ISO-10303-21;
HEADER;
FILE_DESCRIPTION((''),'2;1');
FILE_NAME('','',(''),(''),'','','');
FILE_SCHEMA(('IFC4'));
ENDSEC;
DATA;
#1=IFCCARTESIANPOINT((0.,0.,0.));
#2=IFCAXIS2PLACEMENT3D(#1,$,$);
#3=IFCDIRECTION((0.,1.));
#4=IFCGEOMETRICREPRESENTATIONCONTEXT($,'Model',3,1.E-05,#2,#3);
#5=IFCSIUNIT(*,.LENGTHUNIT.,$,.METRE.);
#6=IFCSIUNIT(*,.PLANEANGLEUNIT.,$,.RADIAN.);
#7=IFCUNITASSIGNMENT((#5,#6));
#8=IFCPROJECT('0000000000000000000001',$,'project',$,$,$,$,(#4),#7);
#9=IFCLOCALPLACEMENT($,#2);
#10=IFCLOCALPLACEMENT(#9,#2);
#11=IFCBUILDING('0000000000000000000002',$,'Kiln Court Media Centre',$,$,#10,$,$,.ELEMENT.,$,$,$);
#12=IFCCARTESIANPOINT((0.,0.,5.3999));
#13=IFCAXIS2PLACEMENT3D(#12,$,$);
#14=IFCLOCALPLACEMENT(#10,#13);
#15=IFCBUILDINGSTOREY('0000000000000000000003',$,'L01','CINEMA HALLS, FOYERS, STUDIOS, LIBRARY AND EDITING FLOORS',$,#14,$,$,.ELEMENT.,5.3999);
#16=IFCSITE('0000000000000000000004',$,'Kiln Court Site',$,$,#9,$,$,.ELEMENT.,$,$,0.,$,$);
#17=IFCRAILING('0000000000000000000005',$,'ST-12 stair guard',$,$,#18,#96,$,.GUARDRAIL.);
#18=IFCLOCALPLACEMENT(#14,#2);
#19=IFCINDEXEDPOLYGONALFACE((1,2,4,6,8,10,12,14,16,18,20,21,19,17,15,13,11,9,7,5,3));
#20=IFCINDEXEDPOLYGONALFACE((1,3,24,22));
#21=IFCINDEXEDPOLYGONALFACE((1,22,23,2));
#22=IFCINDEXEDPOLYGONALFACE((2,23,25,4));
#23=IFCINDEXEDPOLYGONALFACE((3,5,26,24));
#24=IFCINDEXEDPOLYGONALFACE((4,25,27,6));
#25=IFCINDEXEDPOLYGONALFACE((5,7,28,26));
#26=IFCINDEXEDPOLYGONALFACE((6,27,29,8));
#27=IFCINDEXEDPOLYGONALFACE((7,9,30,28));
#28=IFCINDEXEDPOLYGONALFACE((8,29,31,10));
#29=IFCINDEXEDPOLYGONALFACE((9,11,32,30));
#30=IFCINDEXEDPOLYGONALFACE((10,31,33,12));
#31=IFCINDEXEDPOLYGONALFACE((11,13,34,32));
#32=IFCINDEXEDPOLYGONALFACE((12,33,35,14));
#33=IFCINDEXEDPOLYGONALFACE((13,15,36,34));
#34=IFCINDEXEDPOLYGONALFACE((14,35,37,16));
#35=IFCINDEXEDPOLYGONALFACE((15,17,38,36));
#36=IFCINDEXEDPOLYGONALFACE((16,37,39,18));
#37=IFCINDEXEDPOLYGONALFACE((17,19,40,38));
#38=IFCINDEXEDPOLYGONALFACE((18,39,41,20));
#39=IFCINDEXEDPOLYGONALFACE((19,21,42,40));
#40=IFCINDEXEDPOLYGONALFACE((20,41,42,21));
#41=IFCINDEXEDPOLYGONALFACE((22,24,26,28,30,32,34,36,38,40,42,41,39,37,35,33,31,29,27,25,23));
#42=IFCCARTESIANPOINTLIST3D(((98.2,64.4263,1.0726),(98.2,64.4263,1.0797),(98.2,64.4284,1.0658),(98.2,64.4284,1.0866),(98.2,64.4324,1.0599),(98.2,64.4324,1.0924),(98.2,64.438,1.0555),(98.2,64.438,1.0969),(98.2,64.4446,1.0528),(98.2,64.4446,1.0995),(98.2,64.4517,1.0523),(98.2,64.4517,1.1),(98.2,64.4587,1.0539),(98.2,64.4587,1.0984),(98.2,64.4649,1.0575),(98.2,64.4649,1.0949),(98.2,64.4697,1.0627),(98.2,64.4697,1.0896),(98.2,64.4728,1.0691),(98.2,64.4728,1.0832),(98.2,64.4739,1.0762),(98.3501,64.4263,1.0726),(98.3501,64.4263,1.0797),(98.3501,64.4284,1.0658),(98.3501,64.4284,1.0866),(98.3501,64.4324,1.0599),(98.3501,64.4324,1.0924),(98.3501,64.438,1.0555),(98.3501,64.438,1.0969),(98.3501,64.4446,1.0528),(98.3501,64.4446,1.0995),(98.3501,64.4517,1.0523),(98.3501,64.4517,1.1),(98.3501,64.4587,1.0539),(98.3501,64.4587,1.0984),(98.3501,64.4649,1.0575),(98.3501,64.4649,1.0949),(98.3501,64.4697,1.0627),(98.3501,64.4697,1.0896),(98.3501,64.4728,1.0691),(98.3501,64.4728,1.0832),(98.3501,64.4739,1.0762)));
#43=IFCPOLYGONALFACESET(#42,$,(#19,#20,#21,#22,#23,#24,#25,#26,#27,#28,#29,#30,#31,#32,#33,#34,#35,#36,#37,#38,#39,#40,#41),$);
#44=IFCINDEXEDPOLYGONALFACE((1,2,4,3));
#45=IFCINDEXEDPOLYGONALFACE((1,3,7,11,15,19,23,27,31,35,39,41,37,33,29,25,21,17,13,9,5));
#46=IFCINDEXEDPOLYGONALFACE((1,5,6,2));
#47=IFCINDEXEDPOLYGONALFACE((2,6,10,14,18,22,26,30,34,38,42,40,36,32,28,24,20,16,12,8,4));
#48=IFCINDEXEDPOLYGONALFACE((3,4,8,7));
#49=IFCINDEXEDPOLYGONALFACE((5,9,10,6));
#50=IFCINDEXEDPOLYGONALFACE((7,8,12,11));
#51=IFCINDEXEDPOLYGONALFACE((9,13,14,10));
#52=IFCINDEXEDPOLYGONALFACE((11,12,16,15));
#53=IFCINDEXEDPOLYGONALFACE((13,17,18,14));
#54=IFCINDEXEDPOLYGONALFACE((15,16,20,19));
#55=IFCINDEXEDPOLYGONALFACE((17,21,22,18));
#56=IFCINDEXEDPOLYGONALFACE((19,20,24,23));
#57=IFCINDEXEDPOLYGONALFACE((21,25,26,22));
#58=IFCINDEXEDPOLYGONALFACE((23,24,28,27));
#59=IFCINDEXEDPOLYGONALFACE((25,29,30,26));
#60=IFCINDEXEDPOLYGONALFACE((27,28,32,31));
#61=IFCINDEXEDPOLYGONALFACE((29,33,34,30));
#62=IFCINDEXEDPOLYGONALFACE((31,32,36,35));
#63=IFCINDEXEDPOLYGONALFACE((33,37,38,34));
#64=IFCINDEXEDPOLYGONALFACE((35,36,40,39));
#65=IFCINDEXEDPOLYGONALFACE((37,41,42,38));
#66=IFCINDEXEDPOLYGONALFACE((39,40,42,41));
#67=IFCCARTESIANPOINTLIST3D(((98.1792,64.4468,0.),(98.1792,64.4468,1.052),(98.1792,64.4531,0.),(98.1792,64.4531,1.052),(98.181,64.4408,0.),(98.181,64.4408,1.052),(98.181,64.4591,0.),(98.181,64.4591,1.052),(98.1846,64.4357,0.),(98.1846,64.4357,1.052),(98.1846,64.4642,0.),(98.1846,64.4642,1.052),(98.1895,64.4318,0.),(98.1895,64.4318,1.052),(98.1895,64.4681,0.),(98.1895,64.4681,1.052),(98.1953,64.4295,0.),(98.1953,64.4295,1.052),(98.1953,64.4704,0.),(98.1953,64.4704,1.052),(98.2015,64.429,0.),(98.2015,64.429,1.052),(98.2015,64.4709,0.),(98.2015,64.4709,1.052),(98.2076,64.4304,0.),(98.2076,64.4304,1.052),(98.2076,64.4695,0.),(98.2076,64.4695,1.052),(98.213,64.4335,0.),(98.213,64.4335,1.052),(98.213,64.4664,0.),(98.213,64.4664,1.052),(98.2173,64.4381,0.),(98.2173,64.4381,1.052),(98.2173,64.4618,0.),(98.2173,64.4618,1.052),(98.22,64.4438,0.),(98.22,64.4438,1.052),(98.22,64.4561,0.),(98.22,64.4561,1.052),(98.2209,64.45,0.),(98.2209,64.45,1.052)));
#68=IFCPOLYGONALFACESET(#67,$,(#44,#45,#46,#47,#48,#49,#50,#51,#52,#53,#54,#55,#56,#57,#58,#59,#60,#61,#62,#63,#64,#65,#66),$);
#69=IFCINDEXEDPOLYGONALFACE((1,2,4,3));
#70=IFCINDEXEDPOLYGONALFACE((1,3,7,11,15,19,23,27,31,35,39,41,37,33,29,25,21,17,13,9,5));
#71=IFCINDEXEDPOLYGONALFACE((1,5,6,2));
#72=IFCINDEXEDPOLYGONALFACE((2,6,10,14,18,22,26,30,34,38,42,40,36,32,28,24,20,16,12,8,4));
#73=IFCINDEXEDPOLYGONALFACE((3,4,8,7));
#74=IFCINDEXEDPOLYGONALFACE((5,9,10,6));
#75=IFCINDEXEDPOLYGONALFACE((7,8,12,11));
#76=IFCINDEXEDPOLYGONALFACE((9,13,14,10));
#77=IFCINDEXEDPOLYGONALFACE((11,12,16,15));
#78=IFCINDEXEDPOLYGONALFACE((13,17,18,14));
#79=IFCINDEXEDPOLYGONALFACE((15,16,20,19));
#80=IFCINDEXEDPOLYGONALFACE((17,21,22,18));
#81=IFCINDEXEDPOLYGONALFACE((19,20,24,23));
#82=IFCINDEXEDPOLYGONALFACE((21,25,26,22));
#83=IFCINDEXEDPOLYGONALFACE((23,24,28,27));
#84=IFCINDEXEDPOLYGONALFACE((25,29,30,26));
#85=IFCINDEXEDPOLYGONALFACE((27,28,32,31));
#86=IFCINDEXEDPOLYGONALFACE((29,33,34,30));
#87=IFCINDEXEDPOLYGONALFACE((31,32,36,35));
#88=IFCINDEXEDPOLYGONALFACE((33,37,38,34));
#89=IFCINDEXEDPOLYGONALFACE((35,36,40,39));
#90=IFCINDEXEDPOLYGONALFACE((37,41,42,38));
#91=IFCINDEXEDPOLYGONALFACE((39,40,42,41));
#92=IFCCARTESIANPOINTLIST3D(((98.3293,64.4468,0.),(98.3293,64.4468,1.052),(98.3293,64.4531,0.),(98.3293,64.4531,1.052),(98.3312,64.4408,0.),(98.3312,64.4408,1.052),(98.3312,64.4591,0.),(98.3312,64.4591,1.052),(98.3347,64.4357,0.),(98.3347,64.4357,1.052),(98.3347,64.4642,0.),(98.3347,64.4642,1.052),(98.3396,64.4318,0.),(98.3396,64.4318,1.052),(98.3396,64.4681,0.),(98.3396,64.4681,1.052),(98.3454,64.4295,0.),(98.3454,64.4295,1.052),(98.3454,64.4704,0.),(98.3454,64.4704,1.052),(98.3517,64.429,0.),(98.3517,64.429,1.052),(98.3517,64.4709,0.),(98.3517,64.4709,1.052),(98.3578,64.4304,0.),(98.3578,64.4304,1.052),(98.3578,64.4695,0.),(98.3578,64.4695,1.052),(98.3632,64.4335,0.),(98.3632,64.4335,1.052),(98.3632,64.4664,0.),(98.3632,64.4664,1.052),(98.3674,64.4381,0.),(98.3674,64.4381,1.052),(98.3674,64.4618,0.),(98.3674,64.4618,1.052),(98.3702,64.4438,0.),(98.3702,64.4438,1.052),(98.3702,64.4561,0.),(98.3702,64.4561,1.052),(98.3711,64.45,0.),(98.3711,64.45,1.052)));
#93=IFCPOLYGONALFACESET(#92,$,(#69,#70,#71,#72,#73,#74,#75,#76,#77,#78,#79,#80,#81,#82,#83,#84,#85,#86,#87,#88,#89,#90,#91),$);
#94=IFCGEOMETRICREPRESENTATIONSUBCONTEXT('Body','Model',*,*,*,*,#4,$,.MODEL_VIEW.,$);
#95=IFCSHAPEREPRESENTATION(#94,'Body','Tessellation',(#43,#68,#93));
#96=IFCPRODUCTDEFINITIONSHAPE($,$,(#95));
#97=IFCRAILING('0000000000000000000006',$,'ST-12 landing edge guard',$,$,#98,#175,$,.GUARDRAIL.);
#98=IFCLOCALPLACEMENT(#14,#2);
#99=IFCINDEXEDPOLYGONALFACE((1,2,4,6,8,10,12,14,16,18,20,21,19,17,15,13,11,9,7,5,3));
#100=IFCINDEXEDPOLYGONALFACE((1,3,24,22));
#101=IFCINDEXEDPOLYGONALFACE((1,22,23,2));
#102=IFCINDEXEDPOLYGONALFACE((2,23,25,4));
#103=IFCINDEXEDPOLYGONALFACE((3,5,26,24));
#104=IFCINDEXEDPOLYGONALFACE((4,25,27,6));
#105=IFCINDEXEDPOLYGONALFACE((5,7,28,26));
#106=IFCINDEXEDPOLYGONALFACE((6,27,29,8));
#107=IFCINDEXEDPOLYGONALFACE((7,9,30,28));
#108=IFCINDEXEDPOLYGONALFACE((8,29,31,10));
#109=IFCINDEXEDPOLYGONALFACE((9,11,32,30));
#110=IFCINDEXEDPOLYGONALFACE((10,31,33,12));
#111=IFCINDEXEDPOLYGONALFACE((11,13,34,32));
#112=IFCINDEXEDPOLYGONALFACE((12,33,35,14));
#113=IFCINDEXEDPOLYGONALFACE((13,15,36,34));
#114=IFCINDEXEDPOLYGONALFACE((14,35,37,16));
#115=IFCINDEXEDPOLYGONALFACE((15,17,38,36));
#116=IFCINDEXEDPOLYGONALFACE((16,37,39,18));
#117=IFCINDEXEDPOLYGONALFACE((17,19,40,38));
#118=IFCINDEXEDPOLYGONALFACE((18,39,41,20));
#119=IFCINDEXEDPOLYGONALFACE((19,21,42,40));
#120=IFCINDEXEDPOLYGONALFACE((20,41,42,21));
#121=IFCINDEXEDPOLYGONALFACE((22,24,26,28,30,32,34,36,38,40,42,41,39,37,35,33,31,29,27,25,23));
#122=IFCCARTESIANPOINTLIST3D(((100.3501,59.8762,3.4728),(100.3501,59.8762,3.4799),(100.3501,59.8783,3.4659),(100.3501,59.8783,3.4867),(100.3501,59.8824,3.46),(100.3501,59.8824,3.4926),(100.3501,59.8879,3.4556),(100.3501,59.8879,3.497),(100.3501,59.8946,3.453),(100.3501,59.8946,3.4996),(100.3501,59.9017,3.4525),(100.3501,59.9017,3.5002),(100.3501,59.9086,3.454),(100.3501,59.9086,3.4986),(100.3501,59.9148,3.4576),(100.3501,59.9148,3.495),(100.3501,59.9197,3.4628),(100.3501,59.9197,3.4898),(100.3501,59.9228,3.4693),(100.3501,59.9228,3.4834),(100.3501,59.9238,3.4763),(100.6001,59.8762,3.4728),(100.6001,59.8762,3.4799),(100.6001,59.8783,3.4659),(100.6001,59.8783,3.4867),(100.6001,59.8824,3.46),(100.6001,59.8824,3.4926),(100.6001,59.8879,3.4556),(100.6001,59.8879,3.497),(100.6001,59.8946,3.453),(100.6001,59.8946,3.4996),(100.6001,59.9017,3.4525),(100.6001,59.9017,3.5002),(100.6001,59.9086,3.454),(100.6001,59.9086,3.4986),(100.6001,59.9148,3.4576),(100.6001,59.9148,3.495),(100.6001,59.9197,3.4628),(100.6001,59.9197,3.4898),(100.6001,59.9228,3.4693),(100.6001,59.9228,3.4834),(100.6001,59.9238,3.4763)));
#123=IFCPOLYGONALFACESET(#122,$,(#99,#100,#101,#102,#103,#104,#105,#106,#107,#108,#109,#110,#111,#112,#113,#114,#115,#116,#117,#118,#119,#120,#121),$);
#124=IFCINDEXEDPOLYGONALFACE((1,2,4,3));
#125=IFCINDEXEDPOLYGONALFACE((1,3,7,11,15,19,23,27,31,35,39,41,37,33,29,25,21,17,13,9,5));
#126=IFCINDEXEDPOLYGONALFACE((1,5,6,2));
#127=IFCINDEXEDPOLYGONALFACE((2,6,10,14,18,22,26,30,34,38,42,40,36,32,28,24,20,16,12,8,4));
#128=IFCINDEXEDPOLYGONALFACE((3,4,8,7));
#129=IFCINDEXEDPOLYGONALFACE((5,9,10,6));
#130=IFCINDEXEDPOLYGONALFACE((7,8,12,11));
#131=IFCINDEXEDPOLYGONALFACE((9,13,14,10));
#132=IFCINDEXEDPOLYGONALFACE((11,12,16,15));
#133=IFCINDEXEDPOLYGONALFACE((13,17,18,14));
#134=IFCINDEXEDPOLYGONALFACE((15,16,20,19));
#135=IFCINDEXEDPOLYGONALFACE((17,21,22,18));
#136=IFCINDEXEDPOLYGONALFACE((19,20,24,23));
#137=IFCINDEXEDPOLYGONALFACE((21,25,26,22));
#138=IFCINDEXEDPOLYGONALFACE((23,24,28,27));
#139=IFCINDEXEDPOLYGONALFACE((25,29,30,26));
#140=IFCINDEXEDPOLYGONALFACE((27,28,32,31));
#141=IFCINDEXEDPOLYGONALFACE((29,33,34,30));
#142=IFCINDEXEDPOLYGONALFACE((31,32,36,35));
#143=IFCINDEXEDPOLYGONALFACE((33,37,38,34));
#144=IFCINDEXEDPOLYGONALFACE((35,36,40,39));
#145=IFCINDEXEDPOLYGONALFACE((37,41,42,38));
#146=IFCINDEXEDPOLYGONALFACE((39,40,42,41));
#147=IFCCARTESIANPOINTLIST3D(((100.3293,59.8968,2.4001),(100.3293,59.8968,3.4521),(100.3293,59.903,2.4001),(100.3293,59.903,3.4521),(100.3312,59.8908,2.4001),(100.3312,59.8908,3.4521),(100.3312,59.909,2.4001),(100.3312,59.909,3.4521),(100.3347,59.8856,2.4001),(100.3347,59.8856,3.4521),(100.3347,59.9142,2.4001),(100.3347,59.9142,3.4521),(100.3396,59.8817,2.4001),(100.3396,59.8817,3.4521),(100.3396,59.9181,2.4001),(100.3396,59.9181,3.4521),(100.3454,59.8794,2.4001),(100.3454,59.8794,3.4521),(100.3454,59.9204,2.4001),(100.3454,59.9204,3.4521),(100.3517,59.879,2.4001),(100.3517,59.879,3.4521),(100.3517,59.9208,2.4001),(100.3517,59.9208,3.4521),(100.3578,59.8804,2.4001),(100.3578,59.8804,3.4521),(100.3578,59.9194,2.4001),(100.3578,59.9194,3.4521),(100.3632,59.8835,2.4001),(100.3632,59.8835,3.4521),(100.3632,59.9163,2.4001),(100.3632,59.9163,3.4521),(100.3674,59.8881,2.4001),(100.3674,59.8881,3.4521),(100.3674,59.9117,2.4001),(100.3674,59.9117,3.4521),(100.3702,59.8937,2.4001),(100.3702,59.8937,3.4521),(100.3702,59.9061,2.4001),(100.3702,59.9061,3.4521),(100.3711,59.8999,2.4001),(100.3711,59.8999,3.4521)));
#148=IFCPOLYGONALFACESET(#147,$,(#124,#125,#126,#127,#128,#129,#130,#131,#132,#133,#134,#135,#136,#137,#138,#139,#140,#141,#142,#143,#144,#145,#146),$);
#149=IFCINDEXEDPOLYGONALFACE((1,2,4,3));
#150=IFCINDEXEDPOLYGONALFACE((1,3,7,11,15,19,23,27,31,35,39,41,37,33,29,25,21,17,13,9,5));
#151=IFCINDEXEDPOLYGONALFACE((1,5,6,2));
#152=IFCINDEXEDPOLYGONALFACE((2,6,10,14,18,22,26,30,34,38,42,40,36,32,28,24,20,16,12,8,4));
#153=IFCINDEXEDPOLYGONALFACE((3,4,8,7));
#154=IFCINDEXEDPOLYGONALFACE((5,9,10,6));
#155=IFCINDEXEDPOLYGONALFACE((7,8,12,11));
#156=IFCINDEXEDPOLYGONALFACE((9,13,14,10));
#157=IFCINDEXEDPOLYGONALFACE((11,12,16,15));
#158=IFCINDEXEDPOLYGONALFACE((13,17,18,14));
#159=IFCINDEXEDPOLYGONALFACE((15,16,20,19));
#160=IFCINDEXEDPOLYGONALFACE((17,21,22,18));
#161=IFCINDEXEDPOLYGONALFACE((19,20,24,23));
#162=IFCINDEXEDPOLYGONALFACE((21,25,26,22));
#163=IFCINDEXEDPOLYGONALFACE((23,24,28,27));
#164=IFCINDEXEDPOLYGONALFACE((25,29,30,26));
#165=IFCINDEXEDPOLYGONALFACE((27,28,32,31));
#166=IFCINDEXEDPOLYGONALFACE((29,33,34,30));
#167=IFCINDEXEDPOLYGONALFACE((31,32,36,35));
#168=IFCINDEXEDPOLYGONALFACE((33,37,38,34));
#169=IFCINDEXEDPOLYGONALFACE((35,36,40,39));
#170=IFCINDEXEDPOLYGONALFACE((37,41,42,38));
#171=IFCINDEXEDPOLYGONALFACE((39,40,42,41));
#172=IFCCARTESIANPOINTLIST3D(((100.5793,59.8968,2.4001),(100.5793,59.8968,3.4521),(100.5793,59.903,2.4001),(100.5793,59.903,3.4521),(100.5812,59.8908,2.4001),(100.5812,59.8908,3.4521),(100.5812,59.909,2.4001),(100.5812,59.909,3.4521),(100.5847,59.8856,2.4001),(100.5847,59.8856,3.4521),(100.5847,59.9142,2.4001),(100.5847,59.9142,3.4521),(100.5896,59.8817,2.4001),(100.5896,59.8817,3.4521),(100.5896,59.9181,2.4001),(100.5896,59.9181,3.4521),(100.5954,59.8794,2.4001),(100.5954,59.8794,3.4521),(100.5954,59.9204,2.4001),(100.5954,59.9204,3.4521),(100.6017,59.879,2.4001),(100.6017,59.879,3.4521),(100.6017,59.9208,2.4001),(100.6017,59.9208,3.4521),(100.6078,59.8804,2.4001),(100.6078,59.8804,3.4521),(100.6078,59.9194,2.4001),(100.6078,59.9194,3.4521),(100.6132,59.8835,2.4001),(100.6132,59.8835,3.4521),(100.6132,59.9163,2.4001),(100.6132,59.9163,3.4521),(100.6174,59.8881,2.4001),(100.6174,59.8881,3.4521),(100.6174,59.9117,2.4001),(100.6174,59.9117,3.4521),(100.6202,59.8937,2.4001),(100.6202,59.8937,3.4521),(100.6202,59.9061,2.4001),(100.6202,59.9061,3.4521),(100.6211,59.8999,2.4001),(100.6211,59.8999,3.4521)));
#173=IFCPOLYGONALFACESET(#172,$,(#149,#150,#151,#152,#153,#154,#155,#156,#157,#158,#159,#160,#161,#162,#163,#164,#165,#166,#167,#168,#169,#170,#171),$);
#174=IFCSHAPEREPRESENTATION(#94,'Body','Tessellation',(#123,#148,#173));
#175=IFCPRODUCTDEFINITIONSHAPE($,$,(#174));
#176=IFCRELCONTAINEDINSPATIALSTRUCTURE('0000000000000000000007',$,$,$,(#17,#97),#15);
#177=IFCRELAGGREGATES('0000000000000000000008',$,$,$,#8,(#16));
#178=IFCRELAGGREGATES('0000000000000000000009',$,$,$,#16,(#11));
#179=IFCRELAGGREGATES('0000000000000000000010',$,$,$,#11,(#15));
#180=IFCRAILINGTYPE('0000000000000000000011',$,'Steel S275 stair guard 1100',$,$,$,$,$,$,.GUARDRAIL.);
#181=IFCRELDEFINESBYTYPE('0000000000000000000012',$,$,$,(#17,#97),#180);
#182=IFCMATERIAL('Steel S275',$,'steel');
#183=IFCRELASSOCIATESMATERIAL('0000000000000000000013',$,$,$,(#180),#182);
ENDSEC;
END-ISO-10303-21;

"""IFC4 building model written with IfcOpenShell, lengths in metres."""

from ifc_helpers import new_model, si_unit, direction, frame, origin, origin_2d, place, context, subcontext, project, spatial, circle, extrude, material, type_object, element, save


model = new_model("IFC4")

# Units and contexts
model_context = context("Model", 3, precision=1e-05, world=origin(), true_north=direction((0.0, 1.0)))
body_context = subcontext(model_context, "Body", "Model", "MODEL_VIEW")
ifc_project = project(units=[si_unit("LENGTHUNIT", "METRE"), si_unit("PLANEANGLEUNIT", "RADIAN")], contexts=[model_context])

# Site, building, storey
site_placement = place(None, origin())
site = spatial("IfcSite", under=ifc_project, at=site_placement, Name="Kiln Court Site", CompositionType="ELEMENT", RefElevation=0.0)
building_placement = place(site_placement, origin())
building = spatial("IfcBuilding", under=site, at=building_placement, Name="Kiln Court Media Centre", CompositionType="ELEMENT")
storey_placement = place(building_placement, frame((0.0, 0.0, 5.3999)))
storey = spatial("IfcBuildingStorey", under=building, at=storey_placement, Name="L01", Description="CINEMA HALLS, FOYERS, STUDIOS, LIBRARY AND EDITING FLOORS", CompositionType="ELEMENT", Elevation=5.3999)

# Railings
ifc_material_1 = material(Name="Steel S275", Category="steel")
railing_type_1 = type_object("IfcRailingType", Name="Steel S275 stair guard 1100", PredefinedType="GUARDRAIL", material=ifc_material_1)
railing_1_placement = place(storey_placement, frame((98.2, 64.45, 0.0)))
element("IfcRailing", 1, at=railing_1_placement, inside=storey, type_object=railing_type_1, Name="ST-12 stair guard", PredefinedType="GUARDRAIL", context=body_context, shape_type="SweptSolid", body=[
    extrude(circle(Radius=0.0239, at=origin_2d()), frame((0.0, 0.0, 1.0762), z_axis=(1.0, 0.0, 0.0), x_axis=(0.0, 1.0, 0.0)), (0.0, 0.0, 1.0), 0.1501),
    extrude(circle(Radius=0.021, at=origin_2d()), origin(), (0.0, 0.0, 1.0), 1.052),
    extrude(circle(Radius=0.021, at=origin_2d()), frame((0.1501, 0.0, 0.0)), (0.0, 0.0, 1.0), 1.052),
])
for number, where, name in (
    (2, (100.3501, 59.8999, 2.4001), "ST-12 landing edge guard"),
):
    element("IfcRailing", number, at=place(storey_placement, frame(where)), inside=storey, type_object=railing_type_1, Name=name, PredefinedType="GUARDRAIL", context=body_context, shape_type="SweptSolid", body=[
        extrude(circle(Radius=0.0239, at=origin_2d()), frame((0.0, 0.0, 1.0762), z_axis=(1.0, 0.0, 0.0), x_axis=(0.0, 1.0, 0.0)), (0.0, 0.0, 1.0), 0.25),
        extrude(circle(Radius=0.021, at=origin_2d()), origin(), (0.0, 0.0, 1.0), 1.052),
        extrude(circle(Radius=0.021, at=origin_2d()), frame((0.25, 0.0, 0.0)), (0.0, 0.0, 1.0), 1.052),
    ])

save(model, "model.ifc")
